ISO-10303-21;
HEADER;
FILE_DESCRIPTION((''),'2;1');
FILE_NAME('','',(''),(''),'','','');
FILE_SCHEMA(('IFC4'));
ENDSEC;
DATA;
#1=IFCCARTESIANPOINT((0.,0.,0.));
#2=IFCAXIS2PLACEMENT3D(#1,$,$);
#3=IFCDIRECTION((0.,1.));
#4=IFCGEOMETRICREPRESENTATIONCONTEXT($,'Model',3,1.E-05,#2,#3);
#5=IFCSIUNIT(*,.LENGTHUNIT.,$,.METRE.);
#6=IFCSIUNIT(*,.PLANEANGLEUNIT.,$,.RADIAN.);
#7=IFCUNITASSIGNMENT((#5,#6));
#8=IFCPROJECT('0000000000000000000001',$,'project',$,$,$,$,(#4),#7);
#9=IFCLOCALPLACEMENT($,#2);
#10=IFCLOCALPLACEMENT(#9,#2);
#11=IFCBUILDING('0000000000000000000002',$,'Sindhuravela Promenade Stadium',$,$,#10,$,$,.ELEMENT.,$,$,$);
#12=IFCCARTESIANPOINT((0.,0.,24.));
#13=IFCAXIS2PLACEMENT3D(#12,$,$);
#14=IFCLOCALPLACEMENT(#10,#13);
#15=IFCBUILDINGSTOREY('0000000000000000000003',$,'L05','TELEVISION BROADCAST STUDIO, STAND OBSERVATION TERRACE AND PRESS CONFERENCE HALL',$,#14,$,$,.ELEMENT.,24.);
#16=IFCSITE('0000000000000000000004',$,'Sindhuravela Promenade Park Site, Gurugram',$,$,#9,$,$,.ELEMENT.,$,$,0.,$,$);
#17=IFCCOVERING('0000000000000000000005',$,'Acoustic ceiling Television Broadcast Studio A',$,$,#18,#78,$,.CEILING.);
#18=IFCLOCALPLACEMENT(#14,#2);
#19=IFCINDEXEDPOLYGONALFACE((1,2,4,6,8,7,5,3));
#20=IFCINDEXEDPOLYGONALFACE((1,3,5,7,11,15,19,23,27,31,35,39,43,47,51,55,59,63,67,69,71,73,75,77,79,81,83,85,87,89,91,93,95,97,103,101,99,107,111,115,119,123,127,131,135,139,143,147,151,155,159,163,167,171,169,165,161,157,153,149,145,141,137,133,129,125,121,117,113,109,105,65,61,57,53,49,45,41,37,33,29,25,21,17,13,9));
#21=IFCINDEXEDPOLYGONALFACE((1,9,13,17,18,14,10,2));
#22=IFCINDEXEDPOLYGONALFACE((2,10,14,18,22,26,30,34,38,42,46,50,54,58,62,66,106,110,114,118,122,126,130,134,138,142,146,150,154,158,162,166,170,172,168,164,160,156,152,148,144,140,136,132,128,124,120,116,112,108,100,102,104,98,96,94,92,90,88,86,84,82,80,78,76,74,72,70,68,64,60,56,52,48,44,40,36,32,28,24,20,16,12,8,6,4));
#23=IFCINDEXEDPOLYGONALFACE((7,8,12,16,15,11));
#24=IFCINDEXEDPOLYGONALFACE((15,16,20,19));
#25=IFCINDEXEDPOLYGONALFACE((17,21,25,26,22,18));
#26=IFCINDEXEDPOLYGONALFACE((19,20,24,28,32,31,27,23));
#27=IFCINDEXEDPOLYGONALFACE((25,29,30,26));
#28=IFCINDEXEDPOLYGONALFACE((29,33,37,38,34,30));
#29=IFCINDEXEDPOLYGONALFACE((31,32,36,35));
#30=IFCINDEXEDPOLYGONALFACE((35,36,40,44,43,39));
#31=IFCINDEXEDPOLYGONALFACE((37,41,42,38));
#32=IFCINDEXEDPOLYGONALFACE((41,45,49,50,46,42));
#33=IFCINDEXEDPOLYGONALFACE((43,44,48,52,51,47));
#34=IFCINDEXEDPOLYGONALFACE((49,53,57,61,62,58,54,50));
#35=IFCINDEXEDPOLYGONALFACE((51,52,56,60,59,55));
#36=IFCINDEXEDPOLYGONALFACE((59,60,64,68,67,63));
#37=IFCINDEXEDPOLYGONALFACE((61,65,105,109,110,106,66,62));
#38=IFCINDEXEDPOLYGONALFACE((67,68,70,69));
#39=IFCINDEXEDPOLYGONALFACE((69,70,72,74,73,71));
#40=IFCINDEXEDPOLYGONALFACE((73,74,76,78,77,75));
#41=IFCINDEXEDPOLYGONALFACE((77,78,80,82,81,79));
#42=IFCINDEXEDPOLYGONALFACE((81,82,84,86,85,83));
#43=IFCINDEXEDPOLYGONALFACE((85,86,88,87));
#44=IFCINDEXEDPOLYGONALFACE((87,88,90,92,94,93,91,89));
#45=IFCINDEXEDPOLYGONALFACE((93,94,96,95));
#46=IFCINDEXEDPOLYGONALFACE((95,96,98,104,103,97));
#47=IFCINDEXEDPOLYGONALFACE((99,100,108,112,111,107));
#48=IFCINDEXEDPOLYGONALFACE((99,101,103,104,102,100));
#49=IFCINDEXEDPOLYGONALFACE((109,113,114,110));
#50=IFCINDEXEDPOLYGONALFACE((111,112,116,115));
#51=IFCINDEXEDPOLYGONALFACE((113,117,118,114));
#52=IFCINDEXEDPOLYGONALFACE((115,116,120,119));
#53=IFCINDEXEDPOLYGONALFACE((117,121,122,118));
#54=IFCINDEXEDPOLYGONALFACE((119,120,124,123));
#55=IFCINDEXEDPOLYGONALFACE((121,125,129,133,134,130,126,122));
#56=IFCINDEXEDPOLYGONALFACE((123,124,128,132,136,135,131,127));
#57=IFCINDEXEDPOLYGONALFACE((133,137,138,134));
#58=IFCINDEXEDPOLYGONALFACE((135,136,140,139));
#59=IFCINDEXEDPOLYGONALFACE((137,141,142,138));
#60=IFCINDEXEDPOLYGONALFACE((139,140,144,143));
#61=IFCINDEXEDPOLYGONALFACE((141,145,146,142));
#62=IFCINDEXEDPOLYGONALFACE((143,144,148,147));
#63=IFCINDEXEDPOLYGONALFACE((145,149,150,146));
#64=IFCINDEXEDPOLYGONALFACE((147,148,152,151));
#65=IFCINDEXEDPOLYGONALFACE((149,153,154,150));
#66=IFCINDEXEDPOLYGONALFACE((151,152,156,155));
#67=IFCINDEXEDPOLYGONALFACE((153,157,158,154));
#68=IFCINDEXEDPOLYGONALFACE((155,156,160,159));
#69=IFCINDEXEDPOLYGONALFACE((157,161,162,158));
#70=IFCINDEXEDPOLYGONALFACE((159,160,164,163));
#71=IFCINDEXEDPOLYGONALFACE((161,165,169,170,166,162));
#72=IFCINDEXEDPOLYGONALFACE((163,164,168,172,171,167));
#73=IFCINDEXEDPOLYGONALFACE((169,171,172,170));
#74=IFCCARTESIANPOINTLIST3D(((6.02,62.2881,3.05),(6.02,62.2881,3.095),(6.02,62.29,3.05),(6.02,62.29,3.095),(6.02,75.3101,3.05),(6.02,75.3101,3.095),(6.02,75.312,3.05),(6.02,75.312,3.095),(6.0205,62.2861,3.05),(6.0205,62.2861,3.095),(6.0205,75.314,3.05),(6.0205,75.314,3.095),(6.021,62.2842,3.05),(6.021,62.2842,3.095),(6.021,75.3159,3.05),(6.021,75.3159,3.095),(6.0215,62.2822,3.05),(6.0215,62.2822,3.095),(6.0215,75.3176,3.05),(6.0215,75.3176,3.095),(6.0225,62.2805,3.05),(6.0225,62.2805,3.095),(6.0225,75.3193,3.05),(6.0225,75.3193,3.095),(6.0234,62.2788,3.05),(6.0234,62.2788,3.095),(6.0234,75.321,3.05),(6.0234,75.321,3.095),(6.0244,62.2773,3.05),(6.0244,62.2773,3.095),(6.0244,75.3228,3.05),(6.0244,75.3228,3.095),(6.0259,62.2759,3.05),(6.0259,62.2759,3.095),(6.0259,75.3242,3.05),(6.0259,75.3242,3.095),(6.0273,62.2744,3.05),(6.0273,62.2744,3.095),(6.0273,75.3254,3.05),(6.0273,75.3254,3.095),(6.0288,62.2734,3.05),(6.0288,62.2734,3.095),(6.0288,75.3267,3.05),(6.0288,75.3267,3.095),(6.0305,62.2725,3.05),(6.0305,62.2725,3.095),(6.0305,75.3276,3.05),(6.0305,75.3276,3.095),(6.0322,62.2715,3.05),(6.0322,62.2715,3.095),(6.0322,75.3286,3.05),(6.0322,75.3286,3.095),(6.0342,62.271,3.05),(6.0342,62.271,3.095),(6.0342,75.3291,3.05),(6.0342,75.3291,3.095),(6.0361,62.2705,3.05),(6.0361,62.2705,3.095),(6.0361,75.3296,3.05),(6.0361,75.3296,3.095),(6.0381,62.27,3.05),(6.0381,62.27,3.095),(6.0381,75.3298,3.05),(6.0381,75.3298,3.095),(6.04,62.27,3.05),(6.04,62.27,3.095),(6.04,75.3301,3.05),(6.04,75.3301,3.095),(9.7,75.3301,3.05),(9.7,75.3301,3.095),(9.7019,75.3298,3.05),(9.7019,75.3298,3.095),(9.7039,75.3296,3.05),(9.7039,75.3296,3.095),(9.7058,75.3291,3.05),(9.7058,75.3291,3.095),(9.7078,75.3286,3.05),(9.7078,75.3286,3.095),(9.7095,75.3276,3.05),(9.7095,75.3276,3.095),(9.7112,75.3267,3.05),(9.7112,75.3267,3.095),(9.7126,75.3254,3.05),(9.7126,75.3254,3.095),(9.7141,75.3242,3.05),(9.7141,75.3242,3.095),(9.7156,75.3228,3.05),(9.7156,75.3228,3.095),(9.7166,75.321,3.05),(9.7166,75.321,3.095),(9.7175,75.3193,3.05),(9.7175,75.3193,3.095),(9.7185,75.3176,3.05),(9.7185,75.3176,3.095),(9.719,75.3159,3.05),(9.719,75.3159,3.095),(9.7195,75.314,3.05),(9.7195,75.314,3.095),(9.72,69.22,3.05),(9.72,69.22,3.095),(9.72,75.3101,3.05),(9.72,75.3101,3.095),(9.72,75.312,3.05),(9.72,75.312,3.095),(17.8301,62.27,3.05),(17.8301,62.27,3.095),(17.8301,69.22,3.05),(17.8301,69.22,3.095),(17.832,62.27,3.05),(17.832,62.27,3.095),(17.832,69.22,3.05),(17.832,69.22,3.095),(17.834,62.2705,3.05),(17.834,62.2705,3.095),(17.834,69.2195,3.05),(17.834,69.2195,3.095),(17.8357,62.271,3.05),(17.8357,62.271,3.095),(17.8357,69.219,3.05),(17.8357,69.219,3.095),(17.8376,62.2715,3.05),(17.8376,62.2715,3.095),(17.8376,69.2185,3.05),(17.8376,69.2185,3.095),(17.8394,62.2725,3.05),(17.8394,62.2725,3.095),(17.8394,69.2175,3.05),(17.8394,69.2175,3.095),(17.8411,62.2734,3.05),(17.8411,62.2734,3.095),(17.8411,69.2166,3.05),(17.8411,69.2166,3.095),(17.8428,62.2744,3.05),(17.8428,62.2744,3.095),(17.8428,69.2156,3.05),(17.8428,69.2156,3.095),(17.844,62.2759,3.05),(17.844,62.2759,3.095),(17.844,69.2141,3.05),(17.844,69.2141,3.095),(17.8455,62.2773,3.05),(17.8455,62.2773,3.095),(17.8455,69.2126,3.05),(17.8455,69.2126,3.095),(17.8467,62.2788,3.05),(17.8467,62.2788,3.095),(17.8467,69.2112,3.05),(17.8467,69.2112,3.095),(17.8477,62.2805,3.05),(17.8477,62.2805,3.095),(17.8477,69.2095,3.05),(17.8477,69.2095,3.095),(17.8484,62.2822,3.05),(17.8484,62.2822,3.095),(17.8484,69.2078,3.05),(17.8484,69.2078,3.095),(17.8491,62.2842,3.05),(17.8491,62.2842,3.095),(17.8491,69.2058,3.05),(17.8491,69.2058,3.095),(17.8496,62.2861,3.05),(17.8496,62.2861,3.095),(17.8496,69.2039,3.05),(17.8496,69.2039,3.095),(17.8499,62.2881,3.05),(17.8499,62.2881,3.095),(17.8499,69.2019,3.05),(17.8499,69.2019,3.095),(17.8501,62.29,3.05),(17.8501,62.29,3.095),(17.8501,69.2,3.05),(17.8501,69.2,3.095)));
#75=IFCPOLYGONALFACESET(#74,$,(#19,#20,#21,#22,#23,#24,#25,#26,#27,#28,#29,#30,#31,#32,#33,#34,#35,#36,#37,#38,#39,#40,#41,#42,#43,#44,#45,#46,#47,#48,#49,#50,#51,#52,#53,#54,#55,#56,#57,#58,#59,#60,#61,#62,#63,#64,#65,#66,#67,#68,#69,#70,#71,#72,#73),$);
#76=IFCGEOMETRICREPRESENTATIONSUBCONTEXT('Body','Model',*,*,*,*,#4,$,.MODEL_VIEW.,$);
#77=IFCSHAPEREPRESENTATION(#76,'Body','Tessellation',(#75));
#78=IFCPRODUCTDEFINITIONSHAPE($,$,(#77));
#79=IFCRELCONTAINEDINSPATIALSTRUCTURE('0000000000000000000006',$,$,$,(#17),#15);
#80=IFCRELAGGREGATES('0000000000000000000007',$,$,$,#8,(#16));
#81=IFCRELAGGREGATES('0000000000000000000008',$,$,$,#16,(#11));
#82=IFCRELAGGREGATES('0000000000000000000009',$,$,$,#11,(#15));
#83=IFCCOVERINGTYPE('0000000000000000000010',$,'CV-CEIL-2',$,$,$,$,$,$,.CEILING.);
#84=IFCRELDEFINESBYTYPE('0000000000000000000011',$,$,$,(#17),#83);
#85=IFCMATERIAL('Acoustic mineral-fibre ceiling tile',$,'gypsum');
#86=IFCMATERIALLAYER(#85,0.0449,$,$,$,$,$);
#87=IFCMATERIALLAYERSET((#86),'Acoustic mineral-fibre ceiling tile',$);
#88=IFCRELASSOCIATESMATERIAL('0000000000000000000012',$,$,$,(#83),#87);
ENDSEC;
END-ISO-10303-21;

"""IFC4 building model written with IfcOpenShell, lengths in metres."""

from ifc_helpers import new_model, si_unit, direction, frame, origin, place, context, subcontext, project, spatial, polyline, outline, extrude, material, layer, layer_set, type_object, element, save


model = new_model("IFC4")

# Units and contexts
model_context = context("Model", 3, precision=1e-05, world=origin(), true_north=direction((0.0, 1.0)))
body_context = subcontext(model_context, "Body", "Model", "MODEL_VIEW")
ifc_project = project(units=[si_unit("LENGTHUNIT", "METRE"), si_unit("PLANEANGLEUNIT", "RADIAN")], contexts=[model_context])

# Site, building, storey
site_placement = place(None, origin())
site = spatial("IfcSite", under=ifc_project, at=site_placement, Name="Sindhuravela Promenade Park Site, Gurugram", CompositionType="ELEMENT", RefElevation=0.0)
building_placement = place(site_placement, origin())
building = spatial("IfcBuilding", under=site, at=building_placement, Name="Sindhuravela Promenade Stadium", CompositionType="ELEMENT")
storey_placement = place(building_placement, frame((0.0, 0.0, 24.0)))
storey = spatial("IfcBuildingStorey", under=building, at=storey_placement, Name="L05", Description="TELEVISION BROADCAST STUDIO, STAND OBSERVATION TERRACE AND PRESS CONFERENCE HALL", CompositionType="ELEMENT", Elevation=24.0)

# Covering
ifc_material_1 = material(Name="Acoustic mineral-fibre ceiling tile", Category="gypsum")
ifc_layer_1 = layer(ifc_material_1, 0.0449)
ifc_layer_set_1 = layer_set([ifc_layer_1], Name="Acoustic mineral-fibre ceiling tile")
covering_type_1 = type_object("IfcCoveringType", Name="CV-CEIL-2", PredefinedType="CEILING", material=ifc_layer_set_1)
covering_1_placement = place(storey_placement, frame((0.0, 0.0, 3.05)))
element("IfcCovering", 1, at=covering_1_placement, inside=storey, type_object=covering_type_1, Name="Acoustic ceiling Television Broadcast Studio A", PredefinedType="CEILING", context=body_context, shape_type="SweptSolid", body=[
    extrude(outline(polyline([(6.04, 62.27), (6.0381, 62.27), (6.0361, 62.2705), (6.0342, 62.271), (6.0322, 62.2715), (6.0305, 62.2725), (6.0288, 62.2734), (6.0273, 62.2744), (6.0259, 62.2759), (6.0244, 62.2773), (6.0234, 62.2788), (6.0225, 62.2805), (6.0215, 62.2822), (6.021, 62.2842), (6.0205, 62.2861), (6.02, 62.2881), (6.02, 62.29), (6.02, 75.3101), (6.02, 75.312), (6.0205, 75.314), (6.021, 75.3159), (6.0215, 75.3176), (6.0225, 75.3193), (6.0234, 75.321), (6.0244, 75.3228), (6.0259, 75.3242), (6.0273, 75.3254), (6.0288, 75.3267), (6.0305, 75.3276), (6.0322, 75.3286), (6.0342, 75.3291), (6.0361, 75.3296), (6.0381, 75.3298), (6.04, 75.3301), (9.7, 75.3301), (9.7019, 75.3298), (9.7039, 75.3296), (9.7058, 75.3291), (9.7078, 75.3286), (9.7095, 75.3276), (9.7112, 75.3267), (9.7126, 75.3254), (9.7141, 75.3242), (9.7156, 75.3228), (9.7166, 75.321), (9.7175, 75.3193), (9.7185, 75.3176), (9.719, 75.3159), (9.7195, 75.314), (9.72, 75.312), (9.72, 75.3101), (9.72, 69.22), (17.8301, 69.22), (17.832, 69.22), (17.834, 69.2195), (17.8357, 69.219), (17.8376, 69.2185), (17.8394, 69.2175), (17.8411, 69.2166), (17.8428, 69.2156), (17.844, 69.2141), (17.8455, 69.2126), (17.8467, 69.2112), (17.8477, 69.2095), (17.8484, 69.2078), (17.8491, 69.2058), (17.8496, 69.2039), (17.8499, 69.2019), (17.8501, 69.2), (17.8501, 62.29), (17.8499, 62.2881), (17.8496, 62.2861), (17.8491, 62.2842), (17.8484, 62.2822), (17.8477, 62.2805), (17.8467, 62.2788), (17.8455, 62.2773), (17.844, 62.2759), (17.8428, 62.2744), (17.8411, 62.2734), (17.8394, 62.2725), (17.8376, 62.2715), (17.8357, 62.271), (17.834, 62.2705), (17.832, 62.27), (17.8301, 62.27), (6.04, 62.27)])), origin(), (0.0, 0.0, 1.0), 0.0449),
])

save(model, "model.ifc")
